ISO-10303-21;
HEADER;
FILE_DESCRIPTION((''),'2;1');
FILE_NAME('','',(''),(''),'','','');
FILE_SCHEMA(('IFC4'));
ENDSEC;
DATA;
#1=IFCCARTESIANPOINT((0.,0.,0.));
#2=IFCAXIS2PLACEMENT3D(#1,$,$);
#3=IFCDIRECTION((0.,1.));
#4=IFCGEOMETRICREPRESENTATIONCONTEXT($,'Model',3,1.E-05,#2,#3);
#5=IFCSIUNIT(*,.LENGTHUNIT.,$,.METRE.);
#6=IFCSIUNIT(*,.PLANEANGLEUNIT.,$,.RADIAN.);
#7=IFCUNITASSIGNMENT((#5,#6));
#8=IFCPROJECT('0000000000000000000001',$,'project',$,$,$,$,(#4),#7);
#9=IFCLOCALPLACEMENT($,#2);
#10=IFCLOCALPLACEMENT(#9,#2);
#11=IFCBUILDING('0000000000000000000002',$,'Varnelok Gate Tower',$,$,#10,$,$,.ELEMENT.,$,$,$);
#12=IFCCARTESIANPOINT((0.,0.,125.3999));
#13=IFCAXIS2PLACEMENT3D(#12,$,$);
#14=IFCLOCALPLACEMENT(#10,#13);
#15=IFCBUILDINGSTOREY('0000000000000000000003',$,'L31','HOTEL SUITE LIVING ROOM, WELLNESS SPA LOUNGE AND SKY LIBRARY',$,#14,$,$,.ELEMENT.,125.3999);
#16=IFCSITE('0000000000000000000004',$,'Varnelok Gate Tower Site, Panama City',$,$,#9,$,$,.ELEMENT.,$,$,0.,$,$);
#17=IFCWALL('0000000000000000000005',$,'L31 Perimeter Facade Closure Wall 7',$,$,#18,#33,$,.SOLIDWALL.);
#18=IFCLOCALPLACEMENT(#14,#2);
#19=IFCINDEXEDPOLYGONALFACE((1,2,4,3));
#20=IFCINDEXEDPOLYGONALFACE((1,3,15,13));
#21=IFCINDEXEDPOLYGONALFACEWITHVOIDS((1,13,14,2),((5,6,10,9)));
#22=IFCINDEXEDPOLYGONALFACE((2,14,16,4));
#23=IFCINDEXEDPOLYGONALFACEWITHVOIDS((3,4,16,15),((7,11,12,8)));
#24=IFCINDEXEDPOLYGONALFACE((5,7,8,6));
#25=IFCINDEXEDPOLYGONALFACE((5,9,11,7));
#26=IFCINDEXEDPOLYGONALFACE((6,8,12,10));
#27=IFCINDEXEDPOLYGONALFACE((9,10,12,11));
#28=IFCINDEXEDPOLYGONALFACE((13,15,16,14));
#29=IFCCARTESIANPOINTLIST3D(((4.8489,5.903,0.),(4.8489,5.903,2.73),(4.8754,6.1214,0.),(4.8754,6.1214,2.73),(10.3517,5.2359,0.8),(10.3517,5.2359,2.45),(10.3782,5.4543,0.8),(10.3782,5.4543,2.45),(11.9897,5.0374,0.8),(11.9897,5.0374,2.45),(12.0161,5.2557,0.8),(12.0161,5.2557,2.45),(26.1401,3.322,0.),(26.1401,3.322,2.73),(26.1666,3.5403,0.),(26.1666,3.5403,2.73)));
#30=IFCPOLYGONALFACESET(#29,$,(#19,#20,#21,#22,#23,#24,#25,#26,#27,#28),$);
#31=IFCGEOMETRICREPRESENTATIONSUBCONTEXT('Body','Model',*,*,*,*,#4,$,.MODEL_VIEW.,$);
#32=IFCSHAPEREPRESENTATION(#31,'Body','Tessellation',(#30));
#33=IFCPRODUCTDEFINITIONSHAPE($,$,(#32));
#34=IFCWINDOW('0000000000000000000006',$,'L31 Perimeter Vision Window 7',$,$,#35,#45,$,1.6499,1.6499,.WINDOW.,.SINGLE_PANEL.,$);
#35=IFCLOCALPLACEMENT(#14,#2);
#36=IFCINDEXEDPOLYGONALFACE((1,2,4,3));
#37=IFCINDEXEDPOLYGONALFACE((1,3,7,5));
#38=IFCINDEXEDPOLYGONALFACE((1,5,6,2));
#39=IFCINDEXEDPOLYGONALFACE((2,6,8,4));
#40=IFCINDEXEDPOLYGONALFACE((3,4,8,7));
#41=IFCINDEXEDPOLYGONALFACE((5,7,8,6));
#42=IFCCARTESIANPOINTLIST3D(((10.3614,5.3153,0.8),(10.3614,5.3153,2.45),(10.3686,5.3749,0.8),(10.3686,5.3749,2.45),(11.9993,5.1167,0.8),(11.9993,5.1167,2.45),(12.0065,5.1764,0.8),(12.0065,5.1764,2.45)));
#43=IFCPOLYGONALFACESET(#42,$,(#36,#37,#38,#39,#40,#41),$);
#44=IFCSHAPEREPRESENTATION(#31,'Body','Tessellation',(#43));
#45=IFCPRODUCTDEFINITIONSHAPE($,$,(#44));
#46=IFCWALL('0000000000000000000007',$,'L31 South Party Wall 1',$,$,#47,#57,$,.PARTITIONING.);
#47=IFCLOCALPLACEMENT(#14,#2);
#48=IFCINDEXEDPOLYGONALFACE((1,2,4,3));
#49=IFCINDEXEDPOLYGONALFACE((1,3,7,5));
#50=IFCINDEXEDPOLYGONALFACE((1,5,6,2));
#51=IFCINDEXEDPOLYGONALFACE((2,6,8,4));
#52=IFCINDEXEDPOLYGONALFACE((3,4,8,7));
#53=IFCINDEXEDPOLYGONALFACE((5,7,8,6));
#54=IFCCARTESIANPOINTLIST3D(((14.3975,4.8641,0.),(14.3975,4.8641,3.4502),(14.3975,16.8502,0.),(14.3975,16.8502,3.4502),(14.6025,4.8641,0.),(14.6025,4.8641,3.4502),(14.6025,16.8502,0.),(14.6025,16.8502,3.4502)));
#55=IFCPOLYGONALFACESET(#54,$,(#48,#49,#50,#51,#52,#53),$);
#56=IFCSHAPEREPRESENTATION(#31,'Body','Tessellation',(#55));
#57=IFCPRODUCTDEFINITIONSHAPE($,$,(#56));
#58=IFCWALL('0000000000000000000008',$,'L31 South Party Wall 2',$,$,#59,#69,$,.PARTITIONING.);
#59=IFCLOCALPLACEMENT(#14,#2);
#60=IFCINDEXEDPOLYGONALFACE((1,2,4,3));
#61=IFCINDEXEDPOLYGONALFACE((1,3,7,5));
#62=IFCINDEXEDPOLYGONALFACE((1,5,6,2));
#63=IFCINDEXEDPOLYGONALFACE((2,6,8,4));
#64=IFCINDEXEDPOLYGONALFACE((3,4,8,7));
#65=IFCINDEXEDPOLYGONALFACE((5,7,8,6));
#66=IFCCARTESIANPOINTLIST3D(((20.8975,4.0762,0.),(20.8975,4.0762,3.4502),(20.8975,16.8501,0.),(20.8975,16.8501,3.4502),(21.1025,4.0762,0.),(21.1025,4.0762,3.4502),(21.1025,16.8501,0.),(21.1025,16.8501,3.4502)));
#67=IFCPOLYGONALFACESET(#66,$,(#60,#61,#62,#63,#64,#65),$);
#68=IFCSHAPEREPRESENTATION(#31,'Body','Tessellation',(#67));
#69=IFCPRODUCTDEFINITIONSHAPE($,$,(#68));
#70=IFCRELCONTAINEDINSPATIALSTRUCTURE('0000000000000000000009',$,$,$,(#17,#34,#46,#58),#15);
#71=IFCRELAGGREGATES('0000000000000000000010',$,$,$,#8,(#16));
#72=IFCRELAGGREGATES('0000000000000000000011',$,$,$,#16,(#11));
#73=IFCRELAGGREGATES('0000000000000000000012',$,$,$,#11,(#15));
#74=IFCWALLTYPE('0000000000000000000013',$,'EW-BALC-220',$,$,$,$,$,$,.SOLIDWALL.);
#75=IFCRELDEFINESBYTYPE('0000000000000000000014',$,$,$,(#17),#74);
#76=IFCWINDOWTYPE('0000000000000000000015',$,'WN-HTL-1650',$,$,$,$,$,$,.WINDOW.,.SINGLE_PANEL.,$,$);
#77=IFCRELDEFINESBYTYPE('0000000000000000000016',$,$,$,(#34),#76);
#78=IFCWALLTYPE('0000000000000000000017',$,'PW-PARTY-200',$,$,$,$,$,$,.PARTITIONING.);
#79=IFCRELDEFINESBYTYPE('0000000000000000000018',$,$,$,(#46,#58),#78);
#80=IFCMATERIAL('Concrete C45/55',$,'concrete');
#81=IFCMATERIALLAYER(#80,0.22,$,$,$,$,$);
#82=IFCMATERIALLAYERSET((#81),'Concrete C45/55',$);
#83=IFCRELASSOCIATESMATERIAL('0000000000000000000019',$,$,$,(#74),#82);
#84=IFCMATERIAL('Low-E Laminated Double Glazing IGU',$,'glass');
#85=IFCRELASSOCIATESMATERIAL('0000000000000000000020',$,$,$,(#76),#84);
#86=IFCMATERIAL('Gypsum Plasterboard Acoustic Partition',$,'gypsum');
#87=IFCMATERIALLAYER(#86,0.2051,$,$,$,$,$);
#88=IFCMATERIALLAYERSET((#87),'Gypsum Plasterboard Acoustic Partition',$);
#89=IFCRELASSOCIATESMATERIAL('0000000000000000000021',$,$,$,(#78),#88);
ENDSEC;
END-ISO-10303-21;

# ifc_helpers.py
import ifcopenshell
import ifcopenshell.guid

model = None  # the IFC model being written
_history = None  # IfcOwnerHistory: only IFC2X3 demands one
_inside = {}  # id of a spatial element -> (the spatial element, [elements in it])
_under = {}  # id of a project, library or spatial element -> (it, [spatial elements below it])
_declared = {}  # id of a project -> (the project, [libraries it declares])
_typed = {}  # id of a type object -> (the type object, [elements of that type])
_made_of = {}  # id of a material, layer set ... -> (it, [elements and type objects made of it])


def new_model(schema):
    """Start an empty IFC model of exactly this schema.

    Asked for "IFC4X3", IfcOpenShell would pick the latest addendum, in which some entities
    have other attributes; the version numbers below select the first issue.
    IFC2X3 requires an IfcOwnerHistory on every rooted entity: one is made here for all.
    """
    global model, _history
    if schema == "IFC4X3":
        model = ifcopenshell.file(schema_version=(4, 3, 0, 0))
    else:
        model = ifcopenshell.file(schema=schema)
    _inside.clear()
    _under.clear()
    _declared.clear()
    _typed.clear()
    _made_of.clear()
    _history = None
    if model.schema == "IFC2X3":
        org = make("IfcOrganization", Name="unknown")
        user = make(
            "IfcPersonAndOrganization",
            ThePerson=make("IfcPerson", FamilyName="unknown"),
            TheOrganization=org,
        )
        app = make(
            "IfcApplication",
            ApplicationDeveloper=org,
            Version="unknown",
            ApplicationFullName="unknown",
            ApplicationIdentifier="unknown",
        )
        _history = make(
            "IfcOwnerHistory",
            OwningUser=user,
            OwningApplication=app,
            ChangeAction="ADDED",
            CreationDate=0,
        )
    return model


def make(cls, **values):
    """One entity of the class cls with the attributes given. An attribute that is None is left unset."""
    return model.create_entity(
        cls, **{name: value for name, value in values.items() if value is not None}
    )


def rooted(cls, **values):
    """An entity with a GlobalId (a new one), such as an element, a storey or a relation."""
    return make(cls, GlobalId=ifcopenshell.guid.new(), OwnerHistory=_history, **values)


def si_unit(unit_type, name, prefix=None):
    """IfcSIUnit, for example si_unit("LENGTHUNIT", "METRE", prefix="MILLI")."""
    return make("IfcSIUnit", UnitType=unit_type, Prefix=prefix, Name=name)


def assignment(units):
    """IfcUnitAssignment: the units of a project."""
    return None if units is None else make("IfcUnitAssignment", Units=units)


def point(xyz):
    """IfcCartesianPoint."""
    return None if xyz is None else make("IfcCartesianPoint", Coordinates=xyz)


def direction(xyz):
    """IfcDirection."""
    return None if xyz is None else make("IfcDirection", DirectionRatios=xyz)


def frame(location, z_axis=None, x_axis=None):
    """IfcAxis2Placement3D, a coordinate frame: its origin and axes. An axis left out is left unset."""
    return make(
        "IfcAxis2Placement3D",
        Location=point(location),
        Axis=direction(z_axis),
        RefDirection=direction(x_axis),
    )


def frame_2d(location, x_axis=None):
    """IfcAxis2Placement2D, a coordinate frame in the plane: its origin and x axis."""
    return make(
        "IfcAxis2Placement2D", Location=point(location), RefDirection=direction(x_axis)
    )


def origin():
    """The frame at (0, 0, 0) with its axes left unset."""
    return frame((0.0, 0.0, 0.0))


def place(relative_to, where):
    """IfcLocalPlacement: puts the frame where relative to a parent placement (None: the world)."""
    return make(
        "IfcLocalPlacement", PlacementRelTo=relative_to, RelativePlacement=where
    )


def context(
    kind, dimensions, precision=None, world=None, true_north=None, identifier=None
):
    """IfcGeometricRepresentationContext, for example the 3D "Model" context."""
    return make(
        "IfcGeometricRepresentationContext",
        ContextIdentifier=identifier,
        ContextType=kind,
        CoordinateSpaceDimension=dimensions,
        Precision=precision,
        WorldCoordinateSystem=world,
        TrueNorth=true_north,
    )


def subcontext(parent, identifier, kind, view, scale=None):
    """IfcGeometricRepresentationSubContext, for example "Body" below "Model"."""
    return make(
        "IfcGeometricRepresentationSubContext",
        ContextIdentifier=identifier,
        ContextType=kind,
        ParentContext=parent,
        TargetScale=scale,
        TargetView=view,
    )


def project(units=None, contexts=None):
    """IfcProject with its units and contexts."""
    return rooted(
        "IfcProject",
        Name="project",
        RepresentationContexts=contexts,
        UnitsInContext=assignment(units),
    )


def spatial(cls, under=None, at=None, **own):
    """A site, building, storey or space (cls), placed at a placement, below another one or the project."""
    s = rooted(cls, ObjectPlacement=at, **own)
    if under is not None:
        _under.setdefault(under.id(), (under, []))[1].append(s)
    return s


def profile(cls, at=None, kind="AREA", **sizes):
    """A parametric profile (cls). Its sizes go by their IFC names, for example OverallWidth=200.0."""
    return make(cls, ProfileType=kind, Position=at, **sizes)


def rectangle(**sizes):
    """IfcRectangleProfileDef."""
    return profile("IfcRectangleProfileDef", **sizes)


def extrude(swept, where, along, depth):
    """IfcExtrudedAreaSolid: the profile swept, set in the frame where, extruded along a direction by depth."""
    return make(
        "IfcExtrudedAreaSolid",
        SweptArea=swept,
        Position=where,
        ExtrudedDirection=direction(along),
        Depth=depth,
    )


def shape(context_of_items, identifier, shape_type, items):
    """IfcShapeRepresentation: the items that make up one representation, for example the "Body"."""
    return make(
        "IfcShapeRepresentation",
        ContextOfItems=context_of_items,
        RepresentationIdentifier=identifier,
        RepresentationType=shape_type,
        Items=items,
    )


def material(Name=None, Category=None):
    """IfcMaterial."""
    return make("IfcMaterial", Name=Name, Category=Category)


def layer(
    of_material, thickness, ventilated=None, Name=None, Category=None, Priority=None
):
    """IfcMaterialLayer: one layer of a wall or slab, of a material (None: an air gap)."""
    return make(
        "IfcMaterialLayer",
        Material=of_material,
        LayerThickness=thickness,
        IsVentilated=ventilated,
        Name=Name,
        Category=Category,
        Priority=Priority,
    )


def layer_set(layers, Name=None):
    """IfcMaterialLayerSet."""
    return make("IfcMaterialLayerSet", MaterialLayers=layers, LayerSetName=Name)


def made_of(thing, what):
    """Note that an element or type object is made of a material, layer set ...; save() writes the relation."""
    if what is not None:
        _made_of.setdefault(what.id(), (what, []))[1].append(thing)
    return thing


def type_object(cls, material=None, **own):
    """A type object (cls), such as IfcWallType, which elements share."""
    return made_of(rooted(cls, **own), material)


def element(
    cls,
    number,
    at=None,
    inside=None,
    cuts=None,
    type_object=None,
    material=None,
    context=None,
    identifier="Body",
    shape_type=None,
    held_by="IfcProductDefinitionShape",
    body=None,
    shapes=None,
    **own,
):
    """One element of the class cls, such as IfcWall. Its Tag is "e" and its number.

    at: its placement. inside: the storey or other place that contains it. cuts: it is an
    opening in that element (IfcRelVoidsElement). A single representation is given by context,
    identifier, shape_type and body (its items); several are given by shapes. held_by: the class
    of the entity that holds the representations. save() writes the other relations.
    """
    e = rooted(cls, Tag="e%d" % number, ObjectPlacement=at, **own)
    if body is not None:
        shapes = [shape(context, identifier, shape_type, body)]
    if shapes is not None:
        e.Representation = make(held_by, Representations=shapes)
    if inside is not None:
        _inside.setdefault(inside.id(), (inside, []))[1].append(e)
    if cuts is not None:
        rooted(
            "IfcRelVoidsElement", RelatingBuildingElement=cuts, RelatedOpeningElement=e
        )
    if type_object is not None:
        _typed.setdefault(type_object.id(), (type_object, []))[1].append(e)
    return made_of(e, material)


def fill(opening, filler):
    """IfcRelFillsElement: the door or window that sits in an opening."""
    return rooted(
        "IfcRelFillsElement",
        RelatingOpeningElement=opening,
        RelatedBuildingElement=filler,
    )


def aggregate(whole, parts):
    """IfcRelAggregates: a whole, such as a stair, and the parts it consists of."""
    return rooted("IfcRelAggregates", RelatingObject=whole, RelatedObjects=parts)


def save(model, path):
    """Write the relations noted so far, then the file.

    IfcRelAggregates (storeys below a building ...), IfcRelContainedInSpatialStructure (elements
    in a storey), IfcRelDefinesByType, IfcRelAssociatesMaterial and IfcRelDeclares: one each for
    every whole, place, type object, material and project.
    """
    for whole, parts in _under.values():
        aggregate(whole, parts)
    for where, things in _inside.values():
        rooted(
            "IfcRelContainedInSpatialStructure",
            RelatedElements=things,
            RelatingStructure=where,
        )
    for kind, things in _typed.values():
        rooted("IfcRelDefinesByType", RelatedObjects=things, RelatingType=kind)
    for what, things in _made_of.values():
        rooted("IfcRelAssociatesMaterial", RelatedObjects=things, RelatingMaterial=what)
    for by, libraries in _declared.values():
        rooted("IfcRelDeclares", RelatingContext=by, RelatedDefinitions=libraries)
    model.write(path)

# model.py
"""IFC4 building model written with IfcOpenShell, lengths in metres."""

from ifc_helpers import new_model, si_unit, direction, frame, frame_2d, origin, place, context, subcontext, project, spatial, rectangle, extrude, material, layer, layer_set, type_object, element, fill, save


model = new_model("IFC4")

# Units and contexts
model_context = context("Model", 3, precision=1e-05, world=origin(), true_north=direction((0.0, 1.0)))
body_context = subcontext(model_context, "Body", "Model", "MODEL_VIEW")
ifc_project = project(units=[si_unit("LENGTHUNIT", "METRE"), si_unit("PLANEANGLEUNIT", "RADIAN")], contexts=[model_context])

# Site, building, storey
site_placement = place(None, origin())
site = spatial("IfcSite", under=ifc_project, at=site_placement, Name="Varnelok Gate Tower Site, Panama City", CompositionType="ELEMENT", RefElevation=0.0)
building_placement = place(site_placement, origin())
building = spatial("IfcBuilding", under=site, at=building_placement, Name="Varnelok Gate Tower", CompositionType="ELEMENT")
storey_placement = place(building_placement, frame((0.0, 0.0, 125.3999)))
storey = spatial("IfcBuildingStorey", under=building, at=storey_placement, Name="L31", Description="HOTEL SUITE LIVING ROOM, WELLNESS SPA LOUNGE AND SKY LIBRARY", CompositionType="ELEMENT", Elevation=125.3999)

# Shared definitions
ifc_material_1 = material(Name="Concrete C45/55", Category="concrete")

# Shared definitions
ifc_layer_1 = layer(ifc_material_1, 0.22)
ifc_layer_set_1 = layer_set([ifc_layer_1], Name="Concrete C45/55")
wall_type_1 = type_object("IfcWallType", Name="EW-BALC-220", PredefinedType="SOLIDWALL", material=ifc_layer_set_1)

# Wall, opening, window
wall_1_placement = place(storey_placement, frame((4.8621, 6.0122, 0.0), z_axis=(0.0, 0.0, 1.0), x_axis=(0.992732, -0.120345, 0.0)))
wall_1 = element("IfcWall", 1, at=wall_1_placement, inside=storey, type_object=wall_type_1, Name="L31 Perimeter Facade Closure Wall 7", PredefinedType="SOLIDWALL", context=body_context, shape_type="SweptSolid", body=[
    extrude(rectangle(XDim=21.447, YDim=0.22, at=frame_2d((10.7236, 0.0))), origin(), (0.0, 0.0, 1.0), 2.73),
])
opening_placement = place(wall_1_placement, frame((5.5432, 0.0, 0.8)))
opening = element("IfcOpeningElement", 2, at=opening_placement, cuts=wall_1, PredefinedType="OPENING", context=body_context, shape_type="SweptSolid", body=[
    extrude(rectangle(XDim=1.6499, YDim=1.6499, at=frame_2d((0.825, 0.825))), frame((0.0, 0.1199, 0.0), z_axis=(0.0, -1.0, 0.0), x_axis=(1.0, 0.0, 0.0)), (0.0, 0.0, 1.0), 0.24),
])
ifc_material_2 = material(Name="Low-E Laminated Double Glazing IGU", Category="glass")
window_type = type_object("IfcWindowType", Name="WN-HTL-1650", PartitioningType="SINGLE_PANEL", PredefinedType="WINDOW", material=ifc_material_2)
window_placement = place(opening_placement, origin())
window = element("IfcWindow", 3, at=window_placement, inside=storey, type_object=window_type, Name="L31 Perimeter Vision Window 7", OverallHeight=1.6499, OverallWidth=1.6499, PartitioningType="SINGLE_PANEL", PredefinedType="WINDOW", context=body_context, shape_type="SweptSolid", body=[
    extrude(rectangle(XDim=1.6499, YDim=1.6499, at=frame_2d((0.825, 0.825))), frame((0.0, 0.03, 0.0), z_axis=(0.0, -1.0, 0.0), x_axis=(1.0, 0.0, 0.0)), (0.0, 0.0, 1.0), 0.0601),
])
fill(opening, window)

# Walls
ifc_material_3 = material(Name="Gypsum Plasterboard Acoustic Partition", Category="gypsum")
ifc_layer_2 = layer(ifc_material_3, 0.2051)
ifc_layer_set_2 = layer_set([ifc_layer_2], Name="Gypsum Plasterboard Acoustic Partition")
wall_type_2 = type_object("IfcWallType", Name="PW-PARTY-200", PredefinedType="PARTITIONING", material=ifc_layer_set_2)
wall_2_placement = place(storey_placement, frame((14.5, 4.864, 0.0), z_axis=(0.0, 0.0, 1.0), x_axis=(0.0, 1.0, 0.0)))
element("IfcWall", 4, at=wall_2_placement, inside=storey, type_object=wall_type_2, Name="L31 South Party Wall 1", PredefinedType="PARTITIONING", context=body_context, shape_type="SweptSolid", body=[
    extrude(rectangle(XDim=11.9861, YDim=0.2051, at=frame_2d((5.9932, 0.0))), origin(), (0.0, 0.0, 1.0), 3.4502),
])
wall_3_placement = place(storey_placement, frame((21.0, 4.0762, 0.0), z_axis=(0.0, 0.0, 1.0), x_axis=(0.0, 1.0, 0.0)))
element("IfcWall", 5, at=wall_3_placement, inside=storey, type_object=wall_type_2, Name="L31 South Party Wall 2", PredefinedType="PARTITIONING", context=body_context, shape_type="SweptSolid", body=[
    extrude(rectangle(XDim=12.7739, YDim=0.2051, at=frame_2d((6.387, 0.0))), origin(), (0.0, 0.0, 1.0), 3.4502),
])

save(model, "model.ifc")
